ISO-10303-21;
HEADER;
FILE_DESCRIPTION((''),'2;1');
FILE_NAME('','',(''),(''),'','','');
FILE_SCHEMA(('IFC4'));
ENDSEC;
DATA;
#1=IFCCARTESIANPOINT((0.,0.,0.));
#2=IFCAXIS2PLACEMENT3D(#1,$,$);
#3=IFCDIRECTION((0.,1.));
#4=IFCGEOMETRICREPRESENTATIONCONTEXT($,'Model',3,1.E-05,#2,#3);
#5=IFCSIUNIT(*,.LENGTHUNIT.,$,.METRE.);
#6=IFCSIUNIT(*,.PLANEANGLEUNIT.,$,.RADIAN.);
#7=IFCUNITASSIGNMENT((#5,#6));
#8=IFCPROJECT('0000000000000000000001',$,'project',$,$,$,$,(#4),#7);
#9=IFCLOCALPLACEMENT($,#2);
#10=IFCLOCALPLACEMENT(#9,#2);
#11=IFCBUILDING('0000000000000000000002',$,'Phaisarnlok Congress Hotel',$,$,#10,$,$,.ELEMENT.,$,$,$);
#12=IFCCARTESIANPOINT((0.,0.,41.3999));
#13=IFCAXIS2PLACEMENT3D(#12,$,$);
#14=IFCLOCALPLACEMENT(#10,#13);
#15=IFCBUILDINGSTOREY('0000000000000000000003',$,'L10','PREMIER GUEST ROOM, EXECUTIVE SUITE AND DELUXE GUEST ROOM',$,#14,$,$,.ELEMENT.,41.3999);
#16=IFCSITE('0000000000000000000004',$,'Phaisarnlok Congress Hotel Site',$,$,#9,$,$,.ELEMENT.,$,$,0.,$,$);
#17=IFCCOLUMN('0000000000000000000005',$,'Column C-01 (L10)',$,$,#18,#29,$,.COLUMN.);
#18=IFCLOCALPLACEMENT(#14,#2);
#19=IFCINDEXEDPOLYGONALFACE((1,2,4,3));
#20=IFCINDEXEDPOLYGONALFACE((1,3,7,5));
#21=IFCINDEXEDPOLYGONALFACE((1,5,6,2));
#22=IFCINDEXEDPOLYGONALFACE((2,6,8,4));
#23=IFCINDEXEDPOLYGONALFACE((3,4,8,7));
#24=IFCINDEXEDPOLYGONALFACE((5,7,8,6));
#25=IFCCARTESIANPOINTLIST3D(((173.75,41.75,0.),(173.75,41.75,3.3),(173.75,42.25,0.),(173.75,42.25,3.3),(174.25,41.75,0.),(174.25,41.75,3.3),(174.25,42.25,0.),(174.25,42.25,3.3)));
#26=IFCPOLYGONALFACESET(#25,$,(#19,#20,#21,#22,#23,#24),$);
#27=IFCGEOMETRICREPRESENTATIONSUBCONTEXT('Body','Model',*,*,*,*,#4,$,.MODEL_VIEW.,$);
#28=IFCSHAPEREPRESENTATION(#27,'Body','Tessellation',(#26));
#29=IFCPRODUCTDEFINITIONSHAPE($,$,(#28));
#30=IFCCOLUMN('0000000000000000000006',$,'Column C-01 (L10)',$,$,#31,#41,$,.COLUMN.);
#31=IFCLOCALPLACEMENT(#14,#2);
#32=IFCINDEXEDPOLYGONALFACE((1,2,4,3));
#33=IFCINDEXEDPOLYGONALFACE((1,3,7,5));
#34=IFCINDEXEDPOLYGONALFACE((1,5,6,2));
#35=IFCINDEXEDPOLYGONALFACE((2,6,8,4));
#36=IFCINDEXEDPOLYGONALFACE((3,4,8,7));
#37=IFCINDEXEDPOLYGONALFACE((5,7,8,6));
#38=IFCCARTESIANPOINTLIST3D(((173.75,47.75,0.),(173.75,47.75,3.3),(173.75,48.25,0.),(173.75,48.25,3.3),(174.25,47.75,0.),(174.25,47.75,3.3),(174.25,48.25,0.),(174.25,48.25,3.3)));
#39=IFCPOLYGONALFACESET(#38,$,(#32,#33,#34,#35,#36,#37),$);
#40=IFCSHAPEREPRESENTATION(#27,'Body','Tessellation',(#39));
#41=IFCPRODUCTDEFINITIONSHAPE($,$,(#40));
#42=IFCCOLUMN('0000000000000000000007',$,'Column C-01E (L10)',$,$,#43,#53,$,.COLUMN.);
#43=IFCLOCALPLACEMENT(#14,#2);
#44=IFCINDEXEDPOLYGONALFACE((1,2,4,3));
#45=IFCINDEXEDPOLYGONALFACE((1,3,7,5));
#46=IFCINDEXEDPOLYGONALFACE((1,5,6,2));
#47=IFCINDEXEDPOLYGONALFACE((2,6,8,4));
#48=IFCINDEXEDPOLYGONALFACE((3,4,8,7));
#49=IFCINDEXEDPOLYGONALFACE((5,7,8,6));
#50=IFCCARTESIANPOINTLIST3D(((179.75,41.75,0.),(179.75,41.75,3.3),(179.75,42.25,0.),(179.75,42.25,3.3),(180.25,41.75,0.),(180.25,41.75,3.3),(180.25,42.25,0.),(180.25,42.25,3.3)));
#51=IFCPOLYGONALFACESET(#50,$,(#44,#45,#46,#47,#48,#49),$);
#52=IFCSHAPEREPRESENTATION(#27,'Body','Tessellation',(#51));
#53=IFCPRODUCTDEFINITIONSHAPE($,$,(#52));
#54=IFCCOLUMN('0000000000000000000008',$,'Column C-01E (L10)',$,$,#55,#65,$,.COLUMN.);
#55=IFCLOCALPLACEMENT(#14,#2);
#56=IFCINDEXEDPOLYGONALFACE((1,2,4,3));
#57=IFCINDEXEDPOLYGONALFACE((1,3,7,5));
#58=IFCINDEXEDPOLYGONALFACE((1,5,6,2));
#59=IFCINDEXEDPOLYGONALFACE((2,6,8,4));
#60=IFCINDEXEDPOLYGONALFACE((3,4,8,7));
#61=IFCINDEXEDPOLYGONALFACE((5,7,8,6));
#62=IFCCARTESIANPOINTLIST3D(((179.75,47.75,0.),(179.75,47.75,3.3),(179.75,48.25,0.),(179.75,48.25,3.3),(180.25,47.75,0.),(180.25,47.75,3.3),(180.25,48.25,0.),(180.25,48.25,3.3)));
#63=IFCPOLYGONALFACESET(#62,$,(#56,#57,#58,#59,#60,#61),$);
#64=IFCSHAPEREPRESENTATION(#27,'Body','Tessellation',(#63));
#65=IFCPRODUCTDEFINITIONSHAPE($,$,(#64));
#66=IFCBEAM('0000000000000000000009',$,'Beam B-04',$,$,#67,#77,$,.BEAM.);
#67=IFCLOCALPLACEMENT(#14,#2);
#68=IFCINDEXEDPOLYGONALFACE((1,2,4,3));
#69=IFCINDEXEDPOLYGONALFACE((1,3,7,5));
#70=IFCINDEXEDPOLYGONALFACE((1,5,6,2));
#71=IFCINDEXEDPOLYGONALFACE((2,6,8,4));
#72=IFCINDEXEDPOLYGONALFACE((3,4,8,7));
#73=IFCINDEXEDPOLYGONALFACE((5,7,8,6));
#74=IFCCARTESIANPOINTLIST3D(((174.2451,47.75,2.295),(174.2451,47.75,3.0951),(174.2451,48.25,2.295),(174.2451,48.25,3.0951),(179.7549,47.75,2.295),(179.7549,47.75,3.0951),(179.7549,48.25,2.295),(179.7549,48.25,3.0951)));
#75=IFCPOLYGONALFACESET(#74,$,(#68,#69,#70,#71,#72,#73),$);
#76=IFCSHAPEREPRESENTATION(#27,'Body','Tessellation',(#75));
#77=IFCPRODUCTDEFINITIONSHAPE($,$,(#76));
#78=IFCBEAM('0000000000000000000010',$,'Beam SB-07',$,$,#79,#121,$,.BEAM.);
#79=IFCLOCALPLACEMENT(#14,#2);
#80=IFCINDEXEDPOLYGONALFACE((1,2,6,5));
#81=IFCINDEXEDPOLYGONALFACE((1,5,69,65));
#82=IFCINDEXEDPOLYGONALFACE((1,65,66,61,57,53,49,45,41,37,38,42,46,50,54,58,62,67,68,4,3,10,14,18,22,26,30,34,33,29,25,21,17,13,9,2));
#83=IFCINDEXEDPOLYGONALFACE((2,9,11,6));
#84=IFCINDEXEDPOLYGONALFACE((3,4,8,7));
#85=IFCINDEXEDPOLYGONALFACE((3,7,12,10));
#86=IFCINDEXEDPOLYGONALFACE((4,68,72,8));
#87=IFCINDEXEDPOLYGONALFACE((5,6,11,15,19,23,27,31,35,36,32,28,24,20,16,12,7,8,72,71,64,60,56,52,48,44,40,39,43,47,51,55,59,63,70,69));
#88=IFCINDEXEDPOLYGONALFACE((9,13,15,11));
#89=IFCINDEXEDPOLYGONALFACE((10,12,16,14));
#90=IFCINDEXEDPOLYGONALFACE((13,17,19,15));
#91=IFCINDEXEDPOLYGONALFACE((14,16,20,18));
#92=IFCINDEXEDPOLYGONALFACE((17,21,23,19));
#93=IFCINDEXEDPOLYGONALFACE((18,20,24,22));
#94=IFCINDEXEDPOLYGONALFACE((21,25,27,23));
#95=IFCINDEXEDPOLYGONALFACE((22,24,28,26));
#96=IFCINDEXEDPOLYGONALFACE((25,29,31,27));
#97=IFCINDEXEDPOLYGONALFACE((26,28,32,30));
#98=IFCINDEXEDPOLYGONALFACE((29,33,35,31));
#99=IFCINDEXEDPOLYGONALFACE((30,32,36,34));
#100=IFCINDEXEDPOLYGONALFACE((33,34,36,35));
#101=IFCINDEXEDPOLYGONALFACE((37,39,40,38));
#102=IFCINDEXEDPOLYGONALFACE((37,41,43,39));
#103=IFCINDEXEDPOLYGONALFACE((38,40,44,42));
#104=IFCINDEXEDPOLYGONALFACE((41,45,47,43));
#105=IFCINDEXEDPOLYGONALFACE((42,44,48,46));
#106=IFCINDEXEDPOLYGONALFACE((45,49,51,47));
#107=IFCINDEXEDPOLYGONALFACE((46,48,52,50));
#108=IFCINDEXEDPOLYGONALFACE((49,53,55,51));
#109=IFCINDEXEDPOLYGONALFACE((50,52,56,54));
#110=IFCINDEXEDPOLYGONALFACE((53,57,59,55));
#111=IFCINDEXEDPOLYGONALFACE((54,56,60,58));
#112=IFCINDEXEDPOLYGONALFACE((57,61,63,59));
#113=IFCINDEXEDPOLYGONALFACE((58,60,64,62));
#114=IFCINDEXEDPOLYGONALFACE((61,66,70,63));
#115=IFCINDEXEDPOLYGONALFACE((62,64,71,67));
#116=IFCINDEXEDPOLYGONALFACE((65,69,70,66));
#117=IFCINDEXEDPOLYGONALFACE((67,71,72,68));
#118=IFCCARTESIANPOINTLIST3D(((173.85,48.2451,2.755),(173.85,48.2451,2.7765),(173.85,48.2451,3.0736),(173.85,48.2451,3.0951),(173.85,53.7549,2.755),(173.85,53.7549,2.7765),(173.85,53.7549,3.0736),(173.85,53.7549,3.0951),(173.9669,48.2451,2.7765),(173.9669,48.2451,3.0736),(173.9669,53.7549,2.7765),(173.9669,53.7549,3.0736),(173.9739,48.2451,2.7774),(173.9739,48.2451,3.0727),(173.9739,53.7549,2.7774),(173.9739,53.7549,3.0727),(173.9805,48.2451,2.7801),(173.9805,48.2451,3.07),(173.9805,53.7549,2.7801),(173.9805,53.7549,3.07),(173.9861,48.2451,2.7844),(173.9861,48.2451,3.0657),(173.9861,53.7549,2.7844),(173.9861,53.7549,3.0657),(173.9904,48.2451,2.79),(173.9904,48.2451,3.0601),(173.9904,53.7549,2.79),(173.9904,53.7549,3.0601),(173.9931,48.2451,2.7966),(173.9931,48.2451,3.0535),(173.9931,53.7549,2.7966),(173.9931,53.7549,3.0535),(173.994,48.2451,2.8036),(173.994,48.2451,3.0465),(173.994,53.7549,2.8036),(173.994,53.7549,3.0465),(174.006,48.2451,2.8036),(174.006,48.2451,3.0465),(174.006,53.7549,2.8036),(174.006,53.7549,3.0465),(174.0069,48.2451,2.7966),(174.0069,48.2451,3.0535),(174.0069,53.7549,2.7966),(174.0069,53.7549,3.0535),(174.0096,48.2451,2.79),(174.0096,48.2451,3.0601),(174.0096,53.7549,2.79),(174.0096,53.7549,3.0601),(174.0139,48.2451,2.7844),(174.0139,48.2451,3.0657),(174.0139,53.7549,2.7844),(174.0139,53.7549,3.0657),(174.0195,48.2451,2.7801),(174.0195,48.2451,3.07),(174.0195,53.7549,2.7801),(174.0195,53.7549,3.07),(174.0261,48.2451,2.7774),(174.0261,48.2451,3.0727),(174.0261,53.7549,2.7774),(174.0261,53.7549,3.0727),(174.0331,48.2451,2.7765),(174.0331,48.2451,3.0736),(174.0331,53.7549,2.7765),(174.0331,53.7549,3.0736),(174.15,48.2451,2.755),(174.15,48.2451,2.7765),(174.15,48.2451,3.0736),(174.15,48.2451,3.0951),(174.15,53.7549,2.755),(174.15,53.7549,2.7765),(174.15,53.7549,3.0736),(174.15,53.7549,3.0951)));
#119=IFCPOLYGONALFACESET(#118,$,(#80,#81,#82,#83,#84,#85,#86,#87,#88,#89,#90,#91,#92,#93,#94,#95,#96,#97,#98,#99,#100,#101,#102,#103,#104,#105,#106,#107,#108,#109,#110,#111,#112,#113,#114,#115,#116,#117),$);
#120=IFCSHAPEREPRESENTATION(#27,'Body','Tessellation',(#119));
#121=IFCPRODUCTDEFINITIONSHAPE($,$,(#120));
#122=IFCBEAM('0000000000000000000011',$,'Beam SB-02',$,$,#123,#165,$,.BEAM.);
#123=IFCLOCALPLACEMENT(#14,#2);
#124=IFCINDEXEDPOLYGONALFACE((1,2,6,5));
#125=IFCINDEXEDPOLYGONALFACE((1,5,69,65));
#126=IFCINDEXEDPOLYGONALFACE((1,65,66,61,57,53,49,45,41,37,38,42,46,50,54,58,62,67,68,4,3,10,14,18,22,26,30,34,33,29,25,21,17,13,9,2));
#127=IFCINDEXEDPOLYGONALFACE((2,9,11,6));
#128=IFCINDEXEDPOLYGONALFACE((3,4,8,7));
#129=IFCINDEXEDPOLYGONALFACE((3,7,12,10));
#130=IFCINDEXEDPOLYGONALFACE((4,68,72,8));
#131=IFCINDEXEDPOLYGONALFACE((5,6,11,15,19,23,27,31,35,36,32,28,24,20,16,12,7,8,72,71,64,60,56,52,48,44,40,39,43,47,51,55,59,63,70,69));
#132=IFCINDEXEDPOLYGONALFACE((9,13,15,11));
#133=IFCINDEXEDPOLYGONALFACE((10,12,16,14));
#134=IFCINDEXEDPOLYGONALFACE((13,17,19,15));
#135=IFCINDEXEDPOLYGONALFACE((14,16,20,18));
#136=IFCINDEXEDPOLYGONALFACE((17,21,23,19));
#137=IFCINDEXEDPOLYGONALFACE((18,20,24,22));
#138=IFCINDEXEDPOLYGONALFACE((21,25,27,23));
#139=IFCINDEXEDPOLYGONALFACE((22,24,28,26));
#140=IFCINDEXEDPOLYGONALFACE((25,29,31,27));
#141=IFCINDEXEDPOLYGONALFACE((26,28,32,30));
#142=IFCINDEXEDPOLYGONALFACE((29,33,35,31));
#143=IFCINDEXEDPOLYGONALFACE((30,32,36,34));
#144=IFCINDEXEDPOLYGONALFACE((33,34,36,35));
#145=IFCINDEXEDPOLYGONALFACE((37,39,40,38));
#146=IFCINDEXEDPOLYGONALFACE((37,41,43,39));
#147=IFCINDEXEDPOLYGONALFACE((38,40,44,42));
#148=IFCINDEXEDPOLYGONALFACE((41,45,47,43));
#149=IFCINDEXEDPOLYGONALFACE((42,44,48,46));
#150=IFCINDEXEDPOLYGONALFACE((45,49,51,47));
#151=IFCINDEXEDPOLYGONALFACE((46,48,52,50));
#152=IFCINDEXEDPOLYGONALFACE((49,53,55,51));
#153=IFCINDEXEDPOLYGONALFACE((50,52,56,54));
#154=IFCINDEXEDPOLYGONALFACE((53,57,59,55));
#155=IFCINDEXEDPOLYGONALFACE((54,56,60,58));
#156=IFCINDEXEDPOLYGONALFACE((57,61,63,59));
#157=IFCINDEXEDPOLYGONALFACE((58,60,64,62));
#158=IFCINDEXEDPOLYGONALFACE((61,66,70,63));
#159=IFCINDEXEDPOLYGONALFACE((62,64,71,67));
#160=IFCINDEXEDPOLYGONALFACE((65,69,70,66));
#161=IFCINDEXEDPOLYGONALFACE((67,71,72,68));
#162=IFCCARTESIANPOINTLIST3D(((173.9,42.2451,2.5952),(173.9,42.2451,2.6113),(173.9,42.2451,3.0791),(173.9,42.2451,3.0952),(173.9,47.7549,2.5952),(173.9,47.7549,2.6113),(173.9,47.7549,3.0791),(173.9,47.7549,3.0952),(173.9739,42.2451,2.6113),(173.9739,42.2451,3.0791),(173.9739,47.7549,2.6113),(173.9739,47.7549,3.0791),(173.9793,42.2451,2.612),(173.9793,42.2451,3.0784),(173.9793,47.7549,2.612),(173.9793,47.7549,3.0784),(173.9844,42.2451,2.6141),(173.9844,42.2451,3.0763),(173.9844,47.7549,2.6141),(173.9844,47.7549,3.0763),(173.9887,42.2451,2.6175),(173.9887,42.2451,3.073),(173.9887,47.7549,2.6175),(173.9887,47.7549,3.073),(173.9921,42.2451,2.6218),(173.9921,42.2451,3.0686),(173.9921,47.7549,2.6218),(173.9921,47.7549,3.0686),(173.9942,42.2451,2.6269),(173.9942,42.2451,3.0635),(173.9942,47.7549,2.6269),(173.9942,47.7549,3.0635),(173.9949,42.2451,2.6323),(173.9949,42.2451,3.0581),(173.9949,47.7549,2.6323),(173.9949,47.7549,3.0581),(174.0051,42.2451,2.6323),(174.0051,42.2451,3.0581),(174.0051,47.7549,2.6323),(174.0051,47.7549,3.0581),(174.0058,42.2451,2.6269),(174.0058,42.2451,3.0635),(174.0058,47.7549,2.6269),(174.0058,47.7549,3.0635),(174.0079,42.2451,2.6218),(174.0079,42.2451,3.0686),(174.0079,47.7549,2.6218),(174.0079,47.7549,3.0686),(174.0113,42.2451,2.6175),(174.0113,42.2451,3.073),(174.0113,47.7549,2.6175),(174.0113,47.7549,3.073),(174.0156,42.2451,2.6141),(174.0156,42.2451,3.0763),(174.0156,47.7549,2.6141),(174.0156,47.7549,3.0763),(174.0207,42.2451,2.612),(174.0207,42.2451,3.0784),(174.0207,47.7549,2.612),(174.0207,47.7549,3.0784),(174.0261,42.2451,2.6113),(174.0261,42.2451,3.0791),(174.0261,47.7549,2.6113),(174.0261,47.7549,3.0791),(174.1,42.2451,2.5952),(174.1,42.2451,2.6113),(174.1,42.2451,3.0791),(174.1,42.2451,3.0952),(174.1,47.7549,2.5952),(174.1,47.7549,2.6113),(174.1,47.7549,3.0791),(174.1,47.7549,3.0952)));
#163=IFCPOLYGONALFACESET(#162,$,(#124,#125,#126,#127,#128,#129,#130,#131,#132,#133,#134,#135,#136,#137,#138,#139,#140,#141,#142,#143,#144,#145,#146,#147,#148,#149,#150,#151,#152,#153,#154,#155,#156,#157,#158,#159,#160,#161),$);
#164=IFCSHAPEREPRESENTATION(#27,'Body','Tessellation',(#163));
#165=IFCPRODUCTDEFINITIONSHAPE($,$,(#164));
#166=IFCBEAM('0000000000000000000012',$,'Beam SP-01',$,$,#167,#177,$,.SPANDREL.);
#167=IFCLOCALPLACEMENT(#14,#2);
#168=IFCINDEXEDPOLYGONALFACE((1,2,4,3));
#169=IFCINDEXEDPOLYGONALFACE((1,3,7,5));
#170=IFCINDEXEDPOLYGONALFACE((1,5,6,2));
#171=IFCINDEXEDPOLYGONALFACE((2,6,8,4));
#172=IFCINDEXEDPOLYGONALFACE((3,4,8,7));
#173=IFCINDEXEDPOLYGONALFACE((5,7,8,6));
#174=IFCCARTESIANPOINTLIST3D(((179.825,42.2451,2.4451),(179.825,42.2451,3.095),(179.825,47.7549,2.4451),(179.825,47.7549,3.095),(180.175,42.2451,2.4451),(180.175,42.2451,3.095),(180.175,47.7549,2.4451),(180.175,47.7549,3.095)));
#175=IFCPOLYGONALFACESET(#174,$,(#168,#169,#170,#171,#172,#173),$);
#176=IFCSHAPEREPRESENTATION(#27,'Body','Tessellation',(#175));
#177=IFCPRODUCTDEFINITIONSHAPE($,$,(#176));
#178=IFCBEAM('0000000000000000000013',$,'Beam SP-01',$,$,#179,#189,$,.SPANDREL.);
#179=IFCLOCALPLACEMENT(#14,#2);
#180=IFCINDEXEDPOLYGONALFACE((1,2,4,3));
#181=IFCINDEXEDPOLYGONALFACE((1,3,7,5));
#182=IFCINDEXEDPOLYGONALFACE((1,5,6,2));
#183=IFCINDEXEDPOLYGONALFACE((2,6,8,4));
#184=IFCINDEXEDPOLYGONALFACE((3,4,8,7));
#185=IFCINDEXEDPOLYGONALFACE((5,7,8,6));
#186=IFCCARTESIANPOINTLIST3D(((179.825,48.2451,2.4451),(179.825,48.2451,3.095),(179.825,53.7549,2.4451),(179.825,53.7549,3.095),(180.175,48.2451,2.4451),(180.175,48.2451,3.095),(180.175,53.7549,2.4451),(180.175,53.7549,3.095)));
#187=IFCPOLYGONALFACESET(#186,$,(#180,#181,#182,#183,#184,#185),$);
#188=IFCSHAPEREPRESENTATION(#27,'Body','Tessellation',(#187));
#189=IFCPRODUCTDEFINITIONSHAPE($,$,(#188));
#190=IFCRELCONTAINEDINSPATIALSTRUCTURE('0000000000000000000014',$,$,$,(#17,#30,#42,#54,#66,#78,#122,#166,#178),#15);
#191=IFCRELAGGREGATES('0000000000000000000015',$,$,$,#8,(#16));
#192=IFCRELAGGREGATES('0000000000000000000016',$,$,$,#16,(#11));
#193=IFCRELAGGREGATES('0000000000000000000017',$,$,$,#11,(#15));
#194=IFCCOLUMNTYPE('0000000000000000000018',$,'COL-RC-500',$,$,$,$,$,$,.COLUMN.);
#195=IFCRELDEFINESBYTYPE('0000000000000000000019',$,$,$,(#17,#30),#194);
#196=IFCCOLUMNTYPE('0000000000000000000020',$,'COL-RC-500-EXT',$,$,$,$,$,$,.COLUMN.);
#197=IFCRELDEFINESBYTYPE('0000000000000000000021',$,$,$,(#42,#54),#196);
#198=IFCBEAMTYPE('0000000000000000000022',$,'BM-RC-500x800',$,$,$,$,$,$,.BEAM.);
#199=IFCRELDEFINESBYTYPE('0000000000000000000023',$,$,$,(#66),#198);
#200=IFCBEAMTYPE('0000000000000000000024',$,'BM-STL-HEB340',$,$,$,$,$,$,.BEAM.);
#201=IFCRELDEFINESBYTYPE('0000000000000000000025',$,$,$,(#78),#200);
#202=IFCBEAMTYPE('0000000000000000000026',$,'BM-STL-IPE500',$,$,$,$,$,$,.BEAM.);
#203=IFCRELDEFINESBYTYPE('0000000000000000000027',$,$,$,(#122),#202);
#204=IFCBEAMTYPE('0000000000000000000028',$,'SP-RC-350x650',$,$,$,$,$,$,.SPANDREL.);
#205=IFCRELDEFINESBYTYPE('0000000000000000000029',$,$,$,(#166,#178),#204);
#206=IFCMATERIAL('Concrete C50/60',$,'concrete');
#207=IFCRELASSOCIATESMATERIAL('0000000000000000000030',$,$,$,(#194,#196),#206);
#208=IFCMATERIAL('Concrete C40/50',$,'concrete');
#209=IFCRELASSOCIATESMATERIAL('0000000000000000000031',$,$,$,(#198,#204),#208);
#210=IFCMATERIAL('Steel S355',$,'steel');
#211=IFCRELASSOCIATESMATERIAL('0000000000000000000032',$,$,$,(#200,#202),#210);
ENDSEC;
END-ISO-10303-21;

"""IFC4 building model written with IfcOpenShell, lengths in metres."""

from ifc_helpers import new_model, si_unit, direction, frame, origin, origin_2d, place, context, subcontext, project, spatial, rectangle, i_section, extrude, material, material_profile, profile_set, type_object, element, save


model = new_model("IFC4")

# Units and contexts
model_context = context("Model", 3, precision=1e-05, world=origin(), true_north=direction((0.0, 1.0)))
body_context = subcontext(model_context, "Body", "Model", "MODEL_VIEW")
ifc_project = project(units=[si_unit("LENGTHUNIT", "METRE"), si_unit("PLANEANGLEUNIT", "RADIAN")], contexts=[model_context])

# Site, building, storey
site_placement = place(None, origin())
site = spatial("IfcSite", under=ifc_project, at=site_placement, Name="Phaisarnlok Congress Hotel Site", CompositionType="ELEMENT", RefElevation=0.0)
building_placement = place(site_placement, origin())
building = spatial("IfcBuilding", under=site, at=building_placement, Name="Phaisarnlok Congress Hotel", CompositionType="ELEMENT")
storey_placement = place(building_placement, frame((0.0, 0.0, 41.3999)))
storey = spatial("IfcBuildingStorey", under=building, at=storey_placement, Name="L10", Description="PREMIER GUEST ROOM, EXECUTIVE SUITE AND DELUXE GUEST ROOM", CompositionType="ELEMENT", Elevation=41.3999)

# Columns
ifc_material_1 = material(Name="Concrete C50/60", Category="concrete")
ifc_material_profile_1 = material_profile(ifc_material_1, rectangle(XDim=0.5, YDim=0.5, at=origin_2d()), Name="RC 500x500")
ifc_profile_set_1 = profile_set([ifc_material_profile_1], Name="Concrete C50/60")
column_type_1 = type_object("IfcColumnType", Name="COL-RC-500", PredefinedType="COLUMN", material=ifc_profile_set_1)
for number, where, z_axis, x_axis, name in (
    (1, (174.0, 42.0, 0.0), (0.0, 0.0, 1.0), (1.0, 0.0, 0.0), "Column C-01 (L10)"),
    (2, (174.0, 48.0, 0.0), (0.0, 0.0, 1.0), (1.0, 0.0, 0.0), "Column C-01 (L10)"),
):
    element("IfcColumn", number, at=place(storey_placement, frame(where, z_axis=z_axis, x_axis=x_axis)), inside=storey, type_object=column_type_1, Name=name, PredefinedType="COLUMN", context=body_context, shape_type="SweptSolid", body=[
        extrude(rectangle(XDim=0.5, YDim=0.5, at=origin_2d()), origin(), (0.0, 0.0, 1.0), 3.3),
    ])
ifc_material_profile_2 = material_profile(ifc_material_1, rectangle(XDim=0.5, YDim=0.5, at=origin_2d()), Name="RC 500x500")
ifc_profile_set_2 = profile_set([ifc_material_profile_2], Name="Concrete C50/60")
column_type_2 = type_object("IfcColumnType", Name="COL-RC-500-EXT", PredefinedType="COLUMN", material=ifc_profile_set_2)
for number, where, z_axis, x_axis, name in (
    (3, (180.0, 42.0, 0.0), (0.0, 0.0, 1.0), (1.0, 0.0, 0.0), "Column C-01E (L10)"),
    (4, (180.0, 48.0, 0.0), (0.0, 0.0, 1.0), (1.0, 0.0, 0.0), "Column C-01E (L10)"),
):
    element("IfcColumn", number, at=place(storey_placement, frame(where, z_axis=z_axis, x_axis=x_axis)), inside=storey, type_object=column_type_2, Name=name, PredefinedType="COLUMN", context=body_context, shape_type="SweptSolid", body=[
        extrude(rectangle(XDim=0.5, YDim=0.5, at=origin_2d()), origin(), (0.0, 0.0, 1.0), 3.3),
    ])

# Beams
ifc_material_2 = material(Name="Concrete C40/50", Category="concrete")
ifc_material_profile_3 = material_profile(ifc_material_2, rectangle(XDim=0.5, YDim=0.8, at=origin_2d()), Name="RC 500x800")
ifc_profile_set_3 = profile_set([ifc_material_profile_3], Name="Concrete C40/50")
beam_type_1 = type_object("IfcBeamType", Name="BM-RC-500x800", PredefinedType="BEAM", material=ifc_profile_set_3)
beam_1_placement = place(storey_placement, frame((174.2451, 48.0, 2.6951), z_axis=(1.0, 0.0, 0.0), x_axis=(0.0, 1.0, 0.0)))
element("IfcBeam", 5, at=beam_1_placement, inside=storey, type_object=beam_type_1, Name="Beam B-04", PredefinedType="BEAM", context=body_context, shape_type="SweptSolid", body=[
    extrude(rectangle(XDim=0.5, YDim=0.8, at=origin_2d()), origin(), (0.0, 0.0, 1.0), 5.5098),
])
ifc_material_3 = material(Name="Steel S355", Category="steel")
ifc_material_profile_4 = material_profile(ifc_material_3, i_section(OverallWidth=0.3, OverallDepth=0.3401, WebThickness=0.012, FlangeThickness=0.0215, FilletRadius=0.0271, at=origin_2d()), Name="HEB 340")
ifc_profile_set_4 = profile_set([ifc_material_profile_4], Name="Steel S355")
beam_type_2 = type_object("IfcBeamType", Name="BM-STL-HEB340", PredefinedType="BEAM", material=ifc_profile_set_4)
beam_2_placement = place(storey_placement, frame((174.0, 48.2451, 2.925), z_axis=(0.0, 1.0, 0.0), x_axis=(-1.0, 0.0, 0.0)))
element("IfcBeam", 6, at=beam_2_placement, inside=storey, type_object=beam_type_2, Name="Beam SB-07", PredefinedType="BEAM", context=body_context, shape_type="SweptSolid", body=[
    extrude(i_section(OverallWidth=0.3, OverallDepth=0.3401, WebThickness=0.012, FlangeThickness=0.0215, FilletRadius=0.0271, at=origin_2d()), origin(), (0.0, 0.0, 1.0), 5.5098),
])
ifc_material_profile_5 = material_profile(ifc_material_3, i_section(OverallWidth=0.2, OverallDepth=0.5, WebThickness=0.0103, FlangeThickness=0.0161, FilletRadius=0.021, at=origin_2d()), Name="IPE 500")
ifc_profile_set_5 = profile_set([ifc_material_profile_5], Name="Steel S355")
beam_type_3 = type_object("IfcBeamType", Name="BM-STL-IPE500", PredefinedType="BEAM", material=ifc_profile_set_5)
beam_3_placement = place(storey_placement, frame((174.0, 42.2451, 2.8452), z_axis=(0.0, 1.0, 0.0), x_axis=(-1.0, 0.0, 0.0)))
element("IfcBeam", 7, at=beam_3_placement, inside=storey, type_object=beam_type_3, Name="Beam SB-02", PredefinedType="BEAM", context=body_context, shape_type="SweptSolid", body=[
    extrude(i_section(OverallWidth=0.2, OverallDepth=0.5, WebThickness=0.0103, FlangeThickness=0.0161, FilletRadius=0.021, at=origin_2d()), origin(), (0.0, 0.0, 1.0), 5.5098),
])
ifc_material_profile_6 = material_profile(ifc_material_2, rectangle(XDim=0.3501, YDim=0.6499, at=origin_2d()), Name="RC 350x650")
ifc_profile_set_6 = profile_set([ifc_material_profile_6], Name="Concrete C40/50")
beam_type_4 = type_object("IfcBeamType", Name="SP-RC-350x650", PredefinedType="SPANDREL", material=ifc_profile_set_6)
for number, where, z_axis, x_axis, name in (
    (8, (180.0, 42.2451, 2.77), (0.0, 1.0, 0.0), (-1.0, 0.0, 0.0), "Beam SP-01"),
    (9, (180.0, 48.2451, 2.77), (0.0, 1.0, 0.0), (-1.0, 0.0, 0.0), "Beam SP-01"),
):
    element("IfcBeam", number, at=place(storey_placement, frame(where, z_axis=z_axis, x_axis=x_axis)), inside=storey, type_object=beam_type_4, Name=name, PredefinedType="SPANDREL", context=body_context, shape_type="SweptSolid", body=[
        extrude(rectangle(XDim=0.3501, YDim=0.6499, at=origin_2d()), origin(), (0.0, 0.0, 1.0), 5.5098),
    ])

save(model, "model.ifc")
